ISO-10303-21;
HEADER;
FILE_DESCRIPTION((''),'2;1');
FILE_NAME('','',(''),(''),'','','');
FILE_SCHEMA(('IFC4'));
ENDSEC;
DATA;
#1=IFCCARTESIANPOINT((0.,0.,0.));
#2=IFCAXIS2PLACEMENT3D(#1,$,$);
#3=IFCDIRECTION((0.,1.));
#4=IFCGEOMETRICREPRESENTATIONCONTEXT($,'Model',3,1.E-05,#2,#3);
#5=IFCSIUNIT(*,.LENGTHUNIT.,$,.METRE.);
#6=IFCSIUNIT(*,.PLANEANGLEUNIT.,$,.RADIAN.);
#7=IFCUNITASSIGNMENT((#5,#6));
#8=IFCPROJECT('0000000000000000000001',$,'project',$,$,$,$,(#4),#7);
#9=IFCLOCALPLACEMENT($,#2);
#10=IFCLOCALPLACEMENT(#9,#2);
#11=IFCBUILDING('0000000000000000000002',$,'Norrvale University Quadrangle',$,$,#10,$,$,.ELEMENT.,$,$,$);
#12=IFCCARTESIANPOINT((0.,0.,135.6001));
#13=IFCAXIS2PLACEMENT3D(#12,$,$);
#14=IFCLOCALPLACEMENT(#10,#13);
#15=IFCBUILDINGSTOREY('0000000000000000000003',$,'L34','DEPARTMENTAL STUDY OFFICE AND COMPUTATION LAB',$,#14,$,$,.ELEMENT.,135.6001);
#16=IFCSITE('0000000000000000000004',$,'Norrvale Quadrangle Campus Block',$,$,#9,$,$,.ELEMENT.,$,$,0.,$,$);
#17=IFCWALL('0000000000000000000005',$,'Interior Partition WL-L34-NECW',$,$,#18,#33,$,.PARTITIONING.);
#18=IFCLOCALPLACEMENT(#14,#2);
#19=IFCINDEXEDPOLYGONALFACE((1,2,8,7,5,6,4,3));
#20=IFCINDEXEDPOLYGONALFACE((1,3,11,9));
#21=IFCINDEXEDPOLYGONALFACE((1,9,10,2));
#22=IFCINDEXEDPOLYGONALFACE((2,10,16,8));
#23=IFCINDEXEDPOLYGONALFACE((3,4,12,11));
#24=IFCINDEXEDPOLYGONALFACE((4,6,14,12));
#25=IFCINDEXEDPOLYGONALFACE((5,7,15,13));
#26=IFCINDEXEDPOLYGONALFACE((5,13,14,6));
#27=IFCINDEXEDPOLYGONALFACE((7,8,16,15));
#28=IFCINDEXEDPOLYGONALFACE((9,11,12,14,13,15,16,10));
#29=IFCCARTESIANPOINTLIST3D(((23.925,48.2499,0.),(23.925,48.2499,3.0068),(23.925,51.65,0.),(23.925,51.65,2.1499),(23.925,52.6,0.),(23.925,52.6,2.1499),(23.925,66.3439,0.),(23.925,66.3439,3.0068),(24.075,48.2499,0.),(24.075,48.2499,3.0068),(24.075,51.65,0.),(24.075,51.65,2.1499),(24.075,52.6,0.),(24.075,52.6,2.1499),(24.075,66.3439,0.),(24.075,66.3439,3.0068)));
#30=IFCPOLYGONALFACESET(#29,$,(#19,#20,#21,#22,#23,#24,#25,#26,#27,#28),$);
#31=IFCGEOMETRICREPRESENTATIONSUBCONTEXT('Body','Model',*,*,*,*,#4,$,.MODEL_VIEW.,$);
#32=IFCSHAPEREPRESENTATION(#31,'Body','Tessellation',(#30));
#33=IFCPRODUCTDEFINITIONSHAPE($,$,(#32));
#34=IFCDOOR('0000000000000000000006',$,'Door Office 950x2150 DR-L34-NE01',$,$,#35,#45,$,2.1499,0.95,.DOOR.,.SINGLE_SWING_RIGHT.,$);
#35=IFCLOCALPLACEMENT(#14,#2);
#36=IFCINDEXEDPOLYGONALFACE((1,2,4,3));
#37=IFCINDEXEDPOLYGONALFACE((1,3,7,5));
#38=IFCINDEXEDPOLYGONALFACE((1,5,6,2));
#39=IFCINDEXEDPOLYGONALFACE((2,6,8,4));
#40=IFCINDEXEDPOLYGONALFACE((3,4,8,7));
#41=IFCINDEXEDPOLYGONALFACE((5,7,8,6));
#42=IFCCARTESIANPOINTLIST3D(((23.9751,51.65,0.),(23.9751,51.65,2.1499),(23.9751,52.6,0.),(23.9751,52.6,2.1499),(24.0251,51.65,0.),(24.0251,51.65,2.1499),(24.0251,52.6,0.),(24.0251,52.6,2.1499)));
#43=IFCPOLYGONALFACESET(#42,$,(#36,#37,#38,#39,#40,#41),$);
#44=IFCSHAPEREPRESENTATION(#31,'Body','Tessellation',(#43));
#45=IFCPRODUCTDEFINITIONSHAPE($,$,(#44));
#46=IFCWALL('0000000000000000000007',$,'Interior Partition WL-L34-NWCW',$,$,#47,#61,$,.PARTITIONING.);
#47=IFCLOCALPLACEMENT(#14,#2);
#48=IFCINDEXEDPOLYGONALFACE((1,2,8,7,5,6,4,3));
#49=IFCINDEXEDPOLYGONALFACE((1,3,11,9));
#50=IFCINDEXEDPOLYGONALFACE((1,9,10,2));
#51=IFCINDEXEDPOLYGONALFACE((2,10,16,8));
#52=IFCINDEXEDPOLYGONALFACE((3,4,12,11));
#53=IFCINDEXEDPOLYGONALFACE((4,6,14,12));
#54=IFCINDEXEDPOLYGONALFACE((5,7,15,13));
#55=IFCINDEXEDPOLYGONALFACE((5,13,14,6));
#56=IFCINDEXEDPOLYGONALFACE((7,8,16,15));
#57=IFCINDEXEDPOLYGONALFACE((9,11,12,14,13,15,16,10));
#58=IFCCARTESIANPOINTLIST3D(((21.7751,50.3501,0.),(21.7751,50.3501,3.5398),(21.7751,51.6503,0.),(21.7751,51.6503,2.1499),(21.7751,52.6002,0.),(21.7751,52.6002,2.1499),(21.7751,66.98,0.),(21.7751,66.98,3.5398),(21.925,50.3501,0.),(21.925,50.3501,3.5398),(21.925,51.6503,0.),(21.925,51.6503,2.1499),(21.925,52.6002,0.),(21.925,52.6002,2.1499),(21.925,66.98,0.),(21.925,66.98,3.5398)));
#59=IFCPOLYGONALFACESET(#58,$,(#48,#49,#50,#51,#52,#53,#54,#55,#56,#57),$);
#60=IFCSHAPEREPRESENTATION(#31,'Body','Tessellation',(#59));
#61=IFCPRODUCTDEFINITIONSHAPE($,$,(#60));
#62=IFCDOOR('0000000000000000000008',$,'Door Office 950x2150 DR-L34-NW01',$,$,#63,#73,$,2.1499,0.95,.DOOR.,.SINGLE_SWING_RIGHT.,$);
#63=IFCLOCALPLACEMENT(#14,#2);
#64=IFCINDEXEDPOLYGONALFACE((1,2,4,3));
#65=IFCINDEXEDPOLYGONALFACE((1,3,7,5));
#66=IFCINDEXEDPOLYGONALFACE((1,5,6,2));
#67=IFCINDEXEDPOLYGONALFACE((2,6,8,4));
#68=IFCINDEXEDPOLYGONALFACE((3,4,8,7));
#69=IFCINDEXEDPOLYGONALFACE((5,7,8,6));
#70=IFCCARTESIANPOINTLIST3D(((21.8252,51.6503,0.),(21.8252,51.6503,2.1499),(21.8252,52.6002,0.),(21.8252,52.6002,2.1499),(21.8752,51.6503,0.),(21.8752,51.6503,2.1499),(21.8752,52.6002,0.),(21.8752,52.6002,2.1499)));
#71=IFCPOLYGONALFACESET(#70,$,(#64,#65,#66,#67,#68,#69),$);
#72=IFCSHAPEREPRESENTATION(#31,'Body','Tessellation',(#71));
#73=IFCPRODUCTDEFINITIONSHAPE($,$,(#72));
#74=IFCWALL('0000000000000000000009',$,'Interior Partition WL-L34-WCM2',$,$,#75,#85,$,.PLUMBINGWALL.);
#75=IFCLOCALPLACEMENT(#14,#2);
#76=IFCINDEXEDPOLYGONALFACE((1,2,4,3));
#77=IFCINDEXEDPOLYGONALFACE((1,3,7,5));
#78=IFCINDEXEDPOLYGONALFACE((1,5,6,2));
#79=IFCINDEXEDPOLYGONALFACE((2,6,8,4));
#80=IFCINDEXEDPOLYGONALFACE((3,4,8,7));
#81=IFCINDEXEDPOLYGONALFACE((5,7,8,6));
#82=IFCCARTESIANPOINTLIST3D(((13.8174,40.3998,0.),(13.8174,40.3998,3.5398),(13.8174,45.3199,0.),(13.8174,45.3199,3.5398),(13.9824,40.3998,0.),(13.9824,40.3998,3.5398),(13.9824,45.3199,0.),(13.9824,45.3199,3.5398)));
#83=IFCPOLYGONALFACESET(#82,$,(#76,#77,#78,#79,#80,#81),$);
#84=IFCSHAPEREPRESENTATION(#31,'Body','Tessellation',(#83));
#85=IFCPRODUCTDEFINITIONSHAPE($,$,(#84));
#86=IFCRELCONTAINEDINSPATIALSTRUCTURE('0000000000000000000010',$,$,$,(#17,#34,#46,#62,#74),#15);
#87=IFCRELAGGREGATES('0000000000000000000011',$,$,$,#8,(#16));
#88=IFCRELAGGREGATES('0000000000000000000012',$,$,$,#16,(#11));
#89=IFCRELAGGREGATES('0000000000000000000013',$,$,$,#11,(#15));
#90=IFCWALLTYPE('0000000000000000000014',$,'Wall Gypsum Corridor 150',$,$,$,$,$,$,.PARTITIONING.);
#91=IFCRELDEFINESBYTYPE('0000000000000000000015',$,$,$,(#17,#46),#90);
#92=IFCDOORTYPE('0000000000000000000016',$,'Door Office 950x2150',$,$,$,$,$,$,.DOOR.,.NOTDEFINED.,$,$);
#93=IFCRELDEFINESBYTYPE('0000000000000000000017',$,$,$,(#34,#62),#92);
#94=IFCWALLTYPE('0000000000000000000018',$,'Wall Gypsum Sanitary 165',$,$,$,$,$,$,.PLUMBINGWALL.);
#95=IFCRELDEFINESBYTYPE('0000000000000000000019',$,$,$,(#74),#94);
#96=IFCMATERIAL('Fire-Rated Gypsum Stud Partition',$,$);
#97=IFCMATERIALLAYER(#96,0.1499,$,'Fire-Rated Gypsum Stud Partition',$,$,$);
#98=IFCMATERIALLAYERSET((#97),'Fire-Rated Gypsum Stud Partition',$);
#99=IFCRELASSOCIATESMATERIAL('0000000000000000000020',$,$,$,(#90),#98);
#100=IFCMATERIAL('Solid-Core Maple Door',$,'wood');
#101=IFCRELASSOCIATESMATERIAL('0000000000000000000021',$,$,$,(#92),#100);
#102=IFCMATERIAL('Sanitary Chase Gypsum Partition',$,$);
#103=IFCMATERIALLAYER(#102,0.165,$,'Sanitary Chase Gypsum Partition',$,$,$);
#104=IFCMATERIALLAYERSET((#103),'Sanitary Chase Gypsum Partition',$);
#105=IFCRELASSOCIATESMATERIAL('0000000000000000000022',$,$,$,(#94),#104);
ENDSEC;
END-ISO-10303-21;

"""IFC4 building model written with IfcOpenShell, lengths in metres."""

from ifc_helpers import new_model, si_unit, direction, frame, frame_2d, origin, place, context, subcontext, project, spatial, rectangle, extrude, material, layer, layer_set, type_object, element, fill, save


model = new_model("IFC4")

# Units and contexts
model_context = context("Model", 3, precision=1e-05, world=origin(), true_north=direction((0.0, 1.0)))
body_context = subcontext(model_context, "Body", "Model", "MODEL_VIEW")
ifc_project = project(units=[si_unit("LENGTHUNIT", "METRE"), si_unit("PLANEANGLEUNIT", "RADIAN")], contexts=[model_context])

# Site, building, storey
site_placement = place(None, origin())
site = spatial("IfcSite", under=ifc_project, at=site_placement, Name="Norrvale Quadrangle Campus Block", CompositionType="ELEMENT", RefElevation=0.0)
building_placement = place(site_placement, origin())
building = spatial("IfcBuilding", under=site, at=building_placement, Name="Norrvale University Quadrangle", CompositionType="ELEMENT")
storey_placement = place(building_placement, frame((0.0, 0.0, 135.6001)))
storey = spatial("IfcBuildingStorey", under=building, at=storey_placement, Name="L34", Description="DEPARTMENTAL STUDY OFFICE AND COMPUTATION LAB", CompositionType="ELEMENT", Elevation=135.6001)

# Shared definitions
ifc_material_1 = material(Name="Fire-Rated Gypsum Stud Partition")
ifc_layer_1 = layer(ifc_material_1, 0.1499, Name="Fire-Rated Gypsum Stud Partition")
ifc_layer_set_1 = layer_set([ifc_layer_1], Name="Fire-Rated Gypsum Stud Partition")
wall_type_1 = type_object("IfcWallType", Name="Wall Gypsum Corridor 150", PredefinedType="PARTITIONING", material=ifc_layer_set_1)

# Walls, openings, doors
wall_1_placement = place(storey_placement, frame((24.0, 48.25, 0.0), z_axis=(0.0, 0.0, 1.0), x_axis=(0.0, 1.0, 0.0)))
wall_1 = element("IfcWall", 1, at=wall_1_placement, inside=storey, type_object=wall_type_1, Name="Interior Partition WL-L34-NECW", PredefinedType="PARTITIONING", context=body_context, shape_type="SweptSolid", body=[
    extrude(rectangle(XDim=18.094, YDim=0.1499, at=frame_2d((9.0469, 0.0))), origin(), (0.0, 0.0, 1.0), 3.0068),
])
opening_1_placement = place(wall_1_placement, frame((3.3999, 0.0, 0.0)))
opening_1 = element("IfcOpeningElement", 2, at=opening_1_placement, cuts=wall_1, PredefinedType="OPENING", context=body_context, shape_type="SweptSolid", body=[
    extrude(rectangle(XDim=0.95, YDim=2.1499, at=frame_2d((0.4751, 1.075))), frame((0.0, 0.0869, 0.0), z_axis=(0.0, -1.0, 0.0), x_axis=(1.0, 0.0, 0.0)), (0.0, 0.0, 1.0), 0.1738),
])
ifc_material_2 = material(Name="Solid-Core Maple Door", Category="wood")
door_type = type_object("IfcDoorType", Name="Door Office 950x2150", OperationType="NOTDEFINED", PredefinedType="DOOR", material=ifc_material_2)
door_1_placement = place(opening_1_placement, origin())
door_1 = element("IfcDoor", 3, at=door_1_placement, inside=storey, type_object=door_type, Name="Door Office 950x2150 DR-L34-NE01", OperationType="SINGLE_SWING_RIGHT", OverallHeight=2.1499, OverallWidth=0.95, PredefinedType="DOOR", context=body_context, shape_type="SweptSolid", body=[
    extrude(rectangle(XDim=0.95, YDim=2.1499, at=frame_2d((0.4751, 1.075))), frame((0.0, 0.0249, 0.0), z_axis=(0.0, -1.0, 0.0), x_axis=(1.0, 0.0, 0.0)), (0.0, 0.0, 1.0), 0.05),
])
fill(opening_1, door_1)
wall_2_placement = place(storey_placement, frame((21.8501, 50.3501, 0.0), z_axis=(0.0, 0.0, 1.0), x_axis=(0.0, 1.0, 0.0)))
wall_2 = element("IfcWall", 4, at=wall_2_placement, inside=storey, type_object=wall_type_1, Name="Interior Partition WL-L34-NWCW", PredefinedType="PARTITIONING", context=body_context, shape_type="SweptSolid", body=[
    extrude(rectangle(XDim=16.6299, YDim=0.1499, at=frame_2d((8.3149, 0.0))), origin(), (0.0, 0.0, 1.0), 3.5398),
])
opening_2_placement = place(wall_2_placement, frame((1.3, 0.0, 0.0)))
opening_2 = element("IfcOpeningElement", 5, at=opening_2_placement, cuts=wall_2, PredefinedType="OPENING", context=body_context, shape_type="SweptSolid", body=[
    extrude(rectangle(XDim=0.95, YDim=2.1499, at=frame_2d((0.4751, 1.075))), frame((0.0, 0.0869, 0.0), z_axis=(0.0, -1.0, 0.0), x_axis=(1.0, 0.0, 0.0)), (0.0, 0.0, 1.0), 0.1738),
])
door_2_placement = place(opening_2_placement, origin())
door_2 = element("IfcDoor", 6, at=door_2_placement, inside=storey, type_object=door_type, Name="Door Office 950x2150 DR-L34-NW01", OperationType="SINGLE_SWING_RIGHT", OverallHeight=2.1499, OverallWidth=0.95, PredefinedType="DOOR", context=body_context, shape_type="SweptSolid", body=[
    extrude(rectangle(XDim=0.95, YDim=2.1499, at=frame_2d((0.4751, 1.075))), frame((0.0, 0.0249, 0.0), z_axis=(0.0, -1.0, 0.0), x_axis=(1.0, 0.0, 0.0)), (0.0, 0.0, 1.0), 0.05),
])
fill(opening_2, door_2)

# Wall
ifc_material_3 = material(Name="Sanitary Chase Gypsum Partition")
ifc_layer_2 = layer(ifc_material_3, 0.165, Name="Sanitary Chase Gypsum Partition")
ifc_layer_set_2 = layer_set([ifc_layer_2], Name="Sanitary Chase Gypsum Partition")
wall_type_2 = type_object("IfcWallType", Name="Wall Gypsum Sanitary 165", PredefinedType="PLUMBINGWALL", material=ifc_layer_set_2)
wall_3_placement = place(storey_placement, frame((13.8999, 40.3999, 0.0), z_axis=(0.0, 0.0, 1.0), x_axis=(0.0, 1.0, 0.0)))
element("IfcWall", 7, at=wall_3_placement, inside=storey, type_object=wall_type_2, Name="Interior Partition WL-L34-WCM2", PredefinedType="PLUMBINGWALL", context=body_context, shape_type="SweptSolid", body=[
    extrude(rectangle(XDim=4.9202, YDim=0.165, at=frame_2d((2.46, 0.0))), origin(), (0.0, 0.0, 1.0), 3.5398),
])

save(model, "model.ifc")
